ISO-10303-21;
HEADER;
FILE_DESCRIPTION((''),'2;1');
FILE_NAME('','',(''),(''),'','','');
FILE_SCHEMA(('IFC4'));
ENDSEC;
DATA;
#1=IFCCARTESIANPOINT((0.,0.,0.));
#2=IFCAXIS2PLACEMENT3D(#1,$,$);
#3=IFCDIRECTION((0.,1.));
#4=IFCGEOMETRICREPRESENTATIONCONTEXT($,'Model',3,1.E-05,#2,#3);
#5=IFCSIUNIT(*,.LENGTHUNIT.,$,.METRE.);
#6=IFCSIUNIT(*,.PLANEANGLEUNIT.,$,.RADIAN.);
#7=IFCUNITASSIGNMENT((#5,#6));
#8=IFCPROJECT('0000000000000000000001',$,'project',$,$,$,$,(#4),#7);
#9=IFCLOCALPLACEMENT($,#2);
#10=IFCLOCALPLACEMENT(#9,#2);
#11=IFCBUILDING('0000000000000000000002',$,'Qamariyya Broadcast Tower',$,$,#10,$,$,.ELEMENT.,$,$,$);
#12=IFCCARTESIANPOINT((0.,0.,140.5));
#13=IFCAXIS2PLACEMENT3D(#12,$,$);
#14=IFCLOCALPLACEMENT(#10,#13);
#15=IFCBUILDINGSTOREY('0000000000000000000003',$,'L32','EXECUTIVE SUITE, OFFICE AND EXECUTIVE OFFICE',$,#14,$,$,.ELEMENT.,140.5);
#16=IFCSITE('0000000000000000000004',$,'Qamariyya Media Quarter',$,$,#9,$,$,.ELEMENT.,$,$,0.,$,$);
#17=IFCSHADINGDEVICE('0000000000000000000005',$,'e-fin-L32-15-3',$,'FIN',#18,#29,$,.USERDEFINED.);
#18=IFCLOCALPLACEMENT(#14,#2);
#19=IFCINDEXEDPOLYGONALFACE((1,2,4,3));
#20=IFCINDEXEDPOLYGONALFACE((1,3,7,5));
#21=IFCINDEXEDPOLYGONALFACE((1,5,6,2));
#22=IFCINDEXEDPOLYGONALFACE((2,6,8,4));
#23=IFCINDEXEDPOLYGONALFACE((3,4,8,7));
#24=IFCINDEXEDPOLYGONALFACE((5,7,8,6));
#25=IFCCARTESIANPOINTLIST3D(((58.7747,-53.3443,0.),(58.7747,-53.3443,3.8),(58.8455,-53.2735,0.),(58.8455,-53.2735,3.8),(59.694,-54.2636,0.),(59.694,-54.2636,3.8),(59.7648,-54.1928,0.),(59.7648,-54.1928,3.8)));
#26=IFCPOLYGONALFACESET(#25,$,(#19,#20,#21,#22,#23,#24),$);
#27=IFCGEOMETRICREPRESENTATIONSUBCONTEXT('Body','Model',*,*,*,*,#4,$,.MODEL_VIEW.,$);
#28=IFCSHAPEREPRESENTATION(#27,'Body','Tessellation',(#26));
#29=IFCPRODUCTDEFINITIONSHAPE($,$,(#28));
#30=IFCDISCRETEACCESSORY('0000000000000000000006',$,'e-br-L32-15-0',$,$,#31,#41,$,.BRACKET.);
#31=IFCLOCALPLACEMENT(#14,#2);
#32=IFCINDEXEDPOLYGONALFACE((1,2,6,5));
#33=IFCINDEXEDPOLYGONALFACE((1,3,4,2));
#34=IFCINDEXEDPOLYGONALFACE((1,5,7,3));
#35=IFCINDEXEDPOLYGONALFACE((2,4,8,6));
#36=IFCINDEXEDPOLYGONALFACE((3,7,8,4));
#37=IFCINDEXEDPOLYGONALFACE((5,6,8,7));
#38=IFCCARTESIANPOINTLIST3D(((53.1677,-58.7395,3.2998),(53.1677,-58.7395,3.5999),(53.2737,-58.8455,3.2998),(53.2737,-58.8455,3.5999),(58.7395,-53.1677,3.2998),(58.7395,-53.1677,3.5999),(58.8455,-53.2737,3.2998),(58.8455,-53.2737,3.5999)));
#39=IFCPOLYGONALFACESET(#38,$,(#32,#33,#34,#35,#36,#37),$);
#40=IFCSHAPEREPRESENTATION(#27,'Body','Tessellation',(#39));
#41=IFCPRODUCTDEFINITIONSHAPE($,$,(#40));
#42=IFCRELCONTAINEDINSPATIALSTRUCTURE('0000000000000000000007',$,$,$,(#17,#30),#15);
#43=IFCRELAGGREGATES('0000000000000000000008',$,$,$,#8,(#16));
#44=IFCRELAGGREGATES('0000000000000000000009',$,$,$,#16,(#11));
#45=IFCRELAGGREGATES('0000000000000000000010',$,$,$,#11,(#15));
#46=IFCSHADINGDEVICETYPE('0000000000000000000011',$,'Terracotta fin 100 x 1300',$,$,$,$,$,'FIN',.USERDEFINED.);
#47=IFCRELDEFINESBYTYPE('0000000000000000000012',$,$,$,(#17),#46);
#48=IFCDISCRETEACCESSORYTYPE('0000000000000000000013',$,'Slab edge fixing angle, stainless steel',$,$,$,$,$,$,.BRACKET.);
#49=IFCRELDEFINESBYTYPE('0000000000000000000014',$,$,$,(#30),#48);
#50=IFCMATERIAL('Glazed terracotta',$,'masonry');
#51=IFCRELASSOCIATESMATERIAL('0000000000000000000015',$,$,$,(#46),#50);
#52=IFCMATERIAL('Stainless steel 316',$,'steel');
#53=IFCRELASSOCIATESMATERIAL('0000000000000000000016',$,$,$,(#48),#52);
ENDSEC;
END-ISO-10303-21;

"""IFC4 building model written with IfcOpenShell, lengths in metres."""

from ifc_helpers import new_model, si_unit, direction, frame, origin, origin_2d, place, context, subcontext, project, spatial, rectangle, extrude, material, material_profile, profile_set, type_object, element, save


model = new_model("IFC4")

# Units and contexts
model_context = context("Model", 3, precision=1e-05, world=origin(), true_north=direction((0.0, 1.0)))
body_context = subcontext(model_context, "Body", "Model", "MODEL_VIEW")
ifc_project = project(units=[si_unit("LENGTHUNIT", "METRE"), si_unit("PLANEANGLEUNIT", "RADIAN")], contexts=[model_context])

# Site, building, storey
site_placement = place(None, origin())
site = spatial("IfcSite", under=ifc_project, at=site_placement, Name="Qamariyya Media Quarter", CompositionType="ELEMENT", RefElevation=0.0)
building_placement = place(site_placement, origin())
building = spatial("IfcBuilding", under=site, at=building_placement, Name="Qamariyya Broadcast Tower", CompositionType="ELEMENT")
storey_placement = place(building_placement, frame((0.0, 0.0, 140.5)))
storey = spatial("IfcBuildingStorey", under=building, at=storey_placement, Name="L32", Description="EXECUTIVE SUITE, OFFICE AND EXECUTIVE OFFICE", CompositionType="ELEMENT", Elevation=140.5)

# Shading device
ifc_material_1 = material(Name="Glazed terracotta", Category="masonry")
ifc_material_profile_1 = material_profile(ifc_material_1, rectangle(XDim=1.3, YDim=0.1001, at=origin_2d()))
ifc_profile_set_1 = profile_set([ifc_material_profile_1], Name="Glazed terracotta")
shading_device_type_1 = type_object("IfcShadingDeviceType", Name="Terracotta fin 100 x 1300", ElementType="FIN", PredefinedType="USERDEFINED", material=ifc_profile_set_1)
for number, where, z_axis, x_axis, name in (
    (1, (59.2698, -53.7686, 0.0), (0.0, 0.0, 1.0), (0.707107, -0.707107, 0.0), "e-fin-L32-15-3"),
):
    element("IfcShadingDevice", number, at=place(storey_placement, frame(where, z_axis=z_axis, x_axis=x_axis)), inside=storey, type_object=shading_device_type_1, Name=name, ObjectType="FIN", PredefinedType="USERDEFINED", context=body_context, shape_type="SweptSolid", body=[
        extrude(rectangle(XDim=1.3, YDim=0.1001, at=origin_2d()), origin(), (0.0, 0.0, 1.0), 3.8),
    ])

# Discrete accessory
ifc_material_2 = material(Name="Stainless steel 316", Category="steel")
discrete_accessory_type = type_object("IfcDiscreteAccessoryType", Name="Slab edge fixing angle, stainless steel", PredefinedType="BRACKET", material=ifc_material_2)
discrete_accessory_placement = place(storey_placement, frame((56.0066, -56.0066, 3.2998), z_axis=(0.0, 0.0, 1.0), x_axis=(0.707107, 0.707107, 0.0)))
element("IfcDiscreteAccessory", 2, at=discrete_accessory_placement, inside=storey, type_object=discrete_accessory_type, Name="e-br-L32-15-0", PredefinedType="BRACKET", context=body_context, shape_type="SweptSolid", body=[
    extrude(rectangle(XDim=7.8796, YDim=0.1499, at=origin_2d()), origin(), (0.0, 0.0, 1.0), 0.3),
])

save(model, "model.ifc")
